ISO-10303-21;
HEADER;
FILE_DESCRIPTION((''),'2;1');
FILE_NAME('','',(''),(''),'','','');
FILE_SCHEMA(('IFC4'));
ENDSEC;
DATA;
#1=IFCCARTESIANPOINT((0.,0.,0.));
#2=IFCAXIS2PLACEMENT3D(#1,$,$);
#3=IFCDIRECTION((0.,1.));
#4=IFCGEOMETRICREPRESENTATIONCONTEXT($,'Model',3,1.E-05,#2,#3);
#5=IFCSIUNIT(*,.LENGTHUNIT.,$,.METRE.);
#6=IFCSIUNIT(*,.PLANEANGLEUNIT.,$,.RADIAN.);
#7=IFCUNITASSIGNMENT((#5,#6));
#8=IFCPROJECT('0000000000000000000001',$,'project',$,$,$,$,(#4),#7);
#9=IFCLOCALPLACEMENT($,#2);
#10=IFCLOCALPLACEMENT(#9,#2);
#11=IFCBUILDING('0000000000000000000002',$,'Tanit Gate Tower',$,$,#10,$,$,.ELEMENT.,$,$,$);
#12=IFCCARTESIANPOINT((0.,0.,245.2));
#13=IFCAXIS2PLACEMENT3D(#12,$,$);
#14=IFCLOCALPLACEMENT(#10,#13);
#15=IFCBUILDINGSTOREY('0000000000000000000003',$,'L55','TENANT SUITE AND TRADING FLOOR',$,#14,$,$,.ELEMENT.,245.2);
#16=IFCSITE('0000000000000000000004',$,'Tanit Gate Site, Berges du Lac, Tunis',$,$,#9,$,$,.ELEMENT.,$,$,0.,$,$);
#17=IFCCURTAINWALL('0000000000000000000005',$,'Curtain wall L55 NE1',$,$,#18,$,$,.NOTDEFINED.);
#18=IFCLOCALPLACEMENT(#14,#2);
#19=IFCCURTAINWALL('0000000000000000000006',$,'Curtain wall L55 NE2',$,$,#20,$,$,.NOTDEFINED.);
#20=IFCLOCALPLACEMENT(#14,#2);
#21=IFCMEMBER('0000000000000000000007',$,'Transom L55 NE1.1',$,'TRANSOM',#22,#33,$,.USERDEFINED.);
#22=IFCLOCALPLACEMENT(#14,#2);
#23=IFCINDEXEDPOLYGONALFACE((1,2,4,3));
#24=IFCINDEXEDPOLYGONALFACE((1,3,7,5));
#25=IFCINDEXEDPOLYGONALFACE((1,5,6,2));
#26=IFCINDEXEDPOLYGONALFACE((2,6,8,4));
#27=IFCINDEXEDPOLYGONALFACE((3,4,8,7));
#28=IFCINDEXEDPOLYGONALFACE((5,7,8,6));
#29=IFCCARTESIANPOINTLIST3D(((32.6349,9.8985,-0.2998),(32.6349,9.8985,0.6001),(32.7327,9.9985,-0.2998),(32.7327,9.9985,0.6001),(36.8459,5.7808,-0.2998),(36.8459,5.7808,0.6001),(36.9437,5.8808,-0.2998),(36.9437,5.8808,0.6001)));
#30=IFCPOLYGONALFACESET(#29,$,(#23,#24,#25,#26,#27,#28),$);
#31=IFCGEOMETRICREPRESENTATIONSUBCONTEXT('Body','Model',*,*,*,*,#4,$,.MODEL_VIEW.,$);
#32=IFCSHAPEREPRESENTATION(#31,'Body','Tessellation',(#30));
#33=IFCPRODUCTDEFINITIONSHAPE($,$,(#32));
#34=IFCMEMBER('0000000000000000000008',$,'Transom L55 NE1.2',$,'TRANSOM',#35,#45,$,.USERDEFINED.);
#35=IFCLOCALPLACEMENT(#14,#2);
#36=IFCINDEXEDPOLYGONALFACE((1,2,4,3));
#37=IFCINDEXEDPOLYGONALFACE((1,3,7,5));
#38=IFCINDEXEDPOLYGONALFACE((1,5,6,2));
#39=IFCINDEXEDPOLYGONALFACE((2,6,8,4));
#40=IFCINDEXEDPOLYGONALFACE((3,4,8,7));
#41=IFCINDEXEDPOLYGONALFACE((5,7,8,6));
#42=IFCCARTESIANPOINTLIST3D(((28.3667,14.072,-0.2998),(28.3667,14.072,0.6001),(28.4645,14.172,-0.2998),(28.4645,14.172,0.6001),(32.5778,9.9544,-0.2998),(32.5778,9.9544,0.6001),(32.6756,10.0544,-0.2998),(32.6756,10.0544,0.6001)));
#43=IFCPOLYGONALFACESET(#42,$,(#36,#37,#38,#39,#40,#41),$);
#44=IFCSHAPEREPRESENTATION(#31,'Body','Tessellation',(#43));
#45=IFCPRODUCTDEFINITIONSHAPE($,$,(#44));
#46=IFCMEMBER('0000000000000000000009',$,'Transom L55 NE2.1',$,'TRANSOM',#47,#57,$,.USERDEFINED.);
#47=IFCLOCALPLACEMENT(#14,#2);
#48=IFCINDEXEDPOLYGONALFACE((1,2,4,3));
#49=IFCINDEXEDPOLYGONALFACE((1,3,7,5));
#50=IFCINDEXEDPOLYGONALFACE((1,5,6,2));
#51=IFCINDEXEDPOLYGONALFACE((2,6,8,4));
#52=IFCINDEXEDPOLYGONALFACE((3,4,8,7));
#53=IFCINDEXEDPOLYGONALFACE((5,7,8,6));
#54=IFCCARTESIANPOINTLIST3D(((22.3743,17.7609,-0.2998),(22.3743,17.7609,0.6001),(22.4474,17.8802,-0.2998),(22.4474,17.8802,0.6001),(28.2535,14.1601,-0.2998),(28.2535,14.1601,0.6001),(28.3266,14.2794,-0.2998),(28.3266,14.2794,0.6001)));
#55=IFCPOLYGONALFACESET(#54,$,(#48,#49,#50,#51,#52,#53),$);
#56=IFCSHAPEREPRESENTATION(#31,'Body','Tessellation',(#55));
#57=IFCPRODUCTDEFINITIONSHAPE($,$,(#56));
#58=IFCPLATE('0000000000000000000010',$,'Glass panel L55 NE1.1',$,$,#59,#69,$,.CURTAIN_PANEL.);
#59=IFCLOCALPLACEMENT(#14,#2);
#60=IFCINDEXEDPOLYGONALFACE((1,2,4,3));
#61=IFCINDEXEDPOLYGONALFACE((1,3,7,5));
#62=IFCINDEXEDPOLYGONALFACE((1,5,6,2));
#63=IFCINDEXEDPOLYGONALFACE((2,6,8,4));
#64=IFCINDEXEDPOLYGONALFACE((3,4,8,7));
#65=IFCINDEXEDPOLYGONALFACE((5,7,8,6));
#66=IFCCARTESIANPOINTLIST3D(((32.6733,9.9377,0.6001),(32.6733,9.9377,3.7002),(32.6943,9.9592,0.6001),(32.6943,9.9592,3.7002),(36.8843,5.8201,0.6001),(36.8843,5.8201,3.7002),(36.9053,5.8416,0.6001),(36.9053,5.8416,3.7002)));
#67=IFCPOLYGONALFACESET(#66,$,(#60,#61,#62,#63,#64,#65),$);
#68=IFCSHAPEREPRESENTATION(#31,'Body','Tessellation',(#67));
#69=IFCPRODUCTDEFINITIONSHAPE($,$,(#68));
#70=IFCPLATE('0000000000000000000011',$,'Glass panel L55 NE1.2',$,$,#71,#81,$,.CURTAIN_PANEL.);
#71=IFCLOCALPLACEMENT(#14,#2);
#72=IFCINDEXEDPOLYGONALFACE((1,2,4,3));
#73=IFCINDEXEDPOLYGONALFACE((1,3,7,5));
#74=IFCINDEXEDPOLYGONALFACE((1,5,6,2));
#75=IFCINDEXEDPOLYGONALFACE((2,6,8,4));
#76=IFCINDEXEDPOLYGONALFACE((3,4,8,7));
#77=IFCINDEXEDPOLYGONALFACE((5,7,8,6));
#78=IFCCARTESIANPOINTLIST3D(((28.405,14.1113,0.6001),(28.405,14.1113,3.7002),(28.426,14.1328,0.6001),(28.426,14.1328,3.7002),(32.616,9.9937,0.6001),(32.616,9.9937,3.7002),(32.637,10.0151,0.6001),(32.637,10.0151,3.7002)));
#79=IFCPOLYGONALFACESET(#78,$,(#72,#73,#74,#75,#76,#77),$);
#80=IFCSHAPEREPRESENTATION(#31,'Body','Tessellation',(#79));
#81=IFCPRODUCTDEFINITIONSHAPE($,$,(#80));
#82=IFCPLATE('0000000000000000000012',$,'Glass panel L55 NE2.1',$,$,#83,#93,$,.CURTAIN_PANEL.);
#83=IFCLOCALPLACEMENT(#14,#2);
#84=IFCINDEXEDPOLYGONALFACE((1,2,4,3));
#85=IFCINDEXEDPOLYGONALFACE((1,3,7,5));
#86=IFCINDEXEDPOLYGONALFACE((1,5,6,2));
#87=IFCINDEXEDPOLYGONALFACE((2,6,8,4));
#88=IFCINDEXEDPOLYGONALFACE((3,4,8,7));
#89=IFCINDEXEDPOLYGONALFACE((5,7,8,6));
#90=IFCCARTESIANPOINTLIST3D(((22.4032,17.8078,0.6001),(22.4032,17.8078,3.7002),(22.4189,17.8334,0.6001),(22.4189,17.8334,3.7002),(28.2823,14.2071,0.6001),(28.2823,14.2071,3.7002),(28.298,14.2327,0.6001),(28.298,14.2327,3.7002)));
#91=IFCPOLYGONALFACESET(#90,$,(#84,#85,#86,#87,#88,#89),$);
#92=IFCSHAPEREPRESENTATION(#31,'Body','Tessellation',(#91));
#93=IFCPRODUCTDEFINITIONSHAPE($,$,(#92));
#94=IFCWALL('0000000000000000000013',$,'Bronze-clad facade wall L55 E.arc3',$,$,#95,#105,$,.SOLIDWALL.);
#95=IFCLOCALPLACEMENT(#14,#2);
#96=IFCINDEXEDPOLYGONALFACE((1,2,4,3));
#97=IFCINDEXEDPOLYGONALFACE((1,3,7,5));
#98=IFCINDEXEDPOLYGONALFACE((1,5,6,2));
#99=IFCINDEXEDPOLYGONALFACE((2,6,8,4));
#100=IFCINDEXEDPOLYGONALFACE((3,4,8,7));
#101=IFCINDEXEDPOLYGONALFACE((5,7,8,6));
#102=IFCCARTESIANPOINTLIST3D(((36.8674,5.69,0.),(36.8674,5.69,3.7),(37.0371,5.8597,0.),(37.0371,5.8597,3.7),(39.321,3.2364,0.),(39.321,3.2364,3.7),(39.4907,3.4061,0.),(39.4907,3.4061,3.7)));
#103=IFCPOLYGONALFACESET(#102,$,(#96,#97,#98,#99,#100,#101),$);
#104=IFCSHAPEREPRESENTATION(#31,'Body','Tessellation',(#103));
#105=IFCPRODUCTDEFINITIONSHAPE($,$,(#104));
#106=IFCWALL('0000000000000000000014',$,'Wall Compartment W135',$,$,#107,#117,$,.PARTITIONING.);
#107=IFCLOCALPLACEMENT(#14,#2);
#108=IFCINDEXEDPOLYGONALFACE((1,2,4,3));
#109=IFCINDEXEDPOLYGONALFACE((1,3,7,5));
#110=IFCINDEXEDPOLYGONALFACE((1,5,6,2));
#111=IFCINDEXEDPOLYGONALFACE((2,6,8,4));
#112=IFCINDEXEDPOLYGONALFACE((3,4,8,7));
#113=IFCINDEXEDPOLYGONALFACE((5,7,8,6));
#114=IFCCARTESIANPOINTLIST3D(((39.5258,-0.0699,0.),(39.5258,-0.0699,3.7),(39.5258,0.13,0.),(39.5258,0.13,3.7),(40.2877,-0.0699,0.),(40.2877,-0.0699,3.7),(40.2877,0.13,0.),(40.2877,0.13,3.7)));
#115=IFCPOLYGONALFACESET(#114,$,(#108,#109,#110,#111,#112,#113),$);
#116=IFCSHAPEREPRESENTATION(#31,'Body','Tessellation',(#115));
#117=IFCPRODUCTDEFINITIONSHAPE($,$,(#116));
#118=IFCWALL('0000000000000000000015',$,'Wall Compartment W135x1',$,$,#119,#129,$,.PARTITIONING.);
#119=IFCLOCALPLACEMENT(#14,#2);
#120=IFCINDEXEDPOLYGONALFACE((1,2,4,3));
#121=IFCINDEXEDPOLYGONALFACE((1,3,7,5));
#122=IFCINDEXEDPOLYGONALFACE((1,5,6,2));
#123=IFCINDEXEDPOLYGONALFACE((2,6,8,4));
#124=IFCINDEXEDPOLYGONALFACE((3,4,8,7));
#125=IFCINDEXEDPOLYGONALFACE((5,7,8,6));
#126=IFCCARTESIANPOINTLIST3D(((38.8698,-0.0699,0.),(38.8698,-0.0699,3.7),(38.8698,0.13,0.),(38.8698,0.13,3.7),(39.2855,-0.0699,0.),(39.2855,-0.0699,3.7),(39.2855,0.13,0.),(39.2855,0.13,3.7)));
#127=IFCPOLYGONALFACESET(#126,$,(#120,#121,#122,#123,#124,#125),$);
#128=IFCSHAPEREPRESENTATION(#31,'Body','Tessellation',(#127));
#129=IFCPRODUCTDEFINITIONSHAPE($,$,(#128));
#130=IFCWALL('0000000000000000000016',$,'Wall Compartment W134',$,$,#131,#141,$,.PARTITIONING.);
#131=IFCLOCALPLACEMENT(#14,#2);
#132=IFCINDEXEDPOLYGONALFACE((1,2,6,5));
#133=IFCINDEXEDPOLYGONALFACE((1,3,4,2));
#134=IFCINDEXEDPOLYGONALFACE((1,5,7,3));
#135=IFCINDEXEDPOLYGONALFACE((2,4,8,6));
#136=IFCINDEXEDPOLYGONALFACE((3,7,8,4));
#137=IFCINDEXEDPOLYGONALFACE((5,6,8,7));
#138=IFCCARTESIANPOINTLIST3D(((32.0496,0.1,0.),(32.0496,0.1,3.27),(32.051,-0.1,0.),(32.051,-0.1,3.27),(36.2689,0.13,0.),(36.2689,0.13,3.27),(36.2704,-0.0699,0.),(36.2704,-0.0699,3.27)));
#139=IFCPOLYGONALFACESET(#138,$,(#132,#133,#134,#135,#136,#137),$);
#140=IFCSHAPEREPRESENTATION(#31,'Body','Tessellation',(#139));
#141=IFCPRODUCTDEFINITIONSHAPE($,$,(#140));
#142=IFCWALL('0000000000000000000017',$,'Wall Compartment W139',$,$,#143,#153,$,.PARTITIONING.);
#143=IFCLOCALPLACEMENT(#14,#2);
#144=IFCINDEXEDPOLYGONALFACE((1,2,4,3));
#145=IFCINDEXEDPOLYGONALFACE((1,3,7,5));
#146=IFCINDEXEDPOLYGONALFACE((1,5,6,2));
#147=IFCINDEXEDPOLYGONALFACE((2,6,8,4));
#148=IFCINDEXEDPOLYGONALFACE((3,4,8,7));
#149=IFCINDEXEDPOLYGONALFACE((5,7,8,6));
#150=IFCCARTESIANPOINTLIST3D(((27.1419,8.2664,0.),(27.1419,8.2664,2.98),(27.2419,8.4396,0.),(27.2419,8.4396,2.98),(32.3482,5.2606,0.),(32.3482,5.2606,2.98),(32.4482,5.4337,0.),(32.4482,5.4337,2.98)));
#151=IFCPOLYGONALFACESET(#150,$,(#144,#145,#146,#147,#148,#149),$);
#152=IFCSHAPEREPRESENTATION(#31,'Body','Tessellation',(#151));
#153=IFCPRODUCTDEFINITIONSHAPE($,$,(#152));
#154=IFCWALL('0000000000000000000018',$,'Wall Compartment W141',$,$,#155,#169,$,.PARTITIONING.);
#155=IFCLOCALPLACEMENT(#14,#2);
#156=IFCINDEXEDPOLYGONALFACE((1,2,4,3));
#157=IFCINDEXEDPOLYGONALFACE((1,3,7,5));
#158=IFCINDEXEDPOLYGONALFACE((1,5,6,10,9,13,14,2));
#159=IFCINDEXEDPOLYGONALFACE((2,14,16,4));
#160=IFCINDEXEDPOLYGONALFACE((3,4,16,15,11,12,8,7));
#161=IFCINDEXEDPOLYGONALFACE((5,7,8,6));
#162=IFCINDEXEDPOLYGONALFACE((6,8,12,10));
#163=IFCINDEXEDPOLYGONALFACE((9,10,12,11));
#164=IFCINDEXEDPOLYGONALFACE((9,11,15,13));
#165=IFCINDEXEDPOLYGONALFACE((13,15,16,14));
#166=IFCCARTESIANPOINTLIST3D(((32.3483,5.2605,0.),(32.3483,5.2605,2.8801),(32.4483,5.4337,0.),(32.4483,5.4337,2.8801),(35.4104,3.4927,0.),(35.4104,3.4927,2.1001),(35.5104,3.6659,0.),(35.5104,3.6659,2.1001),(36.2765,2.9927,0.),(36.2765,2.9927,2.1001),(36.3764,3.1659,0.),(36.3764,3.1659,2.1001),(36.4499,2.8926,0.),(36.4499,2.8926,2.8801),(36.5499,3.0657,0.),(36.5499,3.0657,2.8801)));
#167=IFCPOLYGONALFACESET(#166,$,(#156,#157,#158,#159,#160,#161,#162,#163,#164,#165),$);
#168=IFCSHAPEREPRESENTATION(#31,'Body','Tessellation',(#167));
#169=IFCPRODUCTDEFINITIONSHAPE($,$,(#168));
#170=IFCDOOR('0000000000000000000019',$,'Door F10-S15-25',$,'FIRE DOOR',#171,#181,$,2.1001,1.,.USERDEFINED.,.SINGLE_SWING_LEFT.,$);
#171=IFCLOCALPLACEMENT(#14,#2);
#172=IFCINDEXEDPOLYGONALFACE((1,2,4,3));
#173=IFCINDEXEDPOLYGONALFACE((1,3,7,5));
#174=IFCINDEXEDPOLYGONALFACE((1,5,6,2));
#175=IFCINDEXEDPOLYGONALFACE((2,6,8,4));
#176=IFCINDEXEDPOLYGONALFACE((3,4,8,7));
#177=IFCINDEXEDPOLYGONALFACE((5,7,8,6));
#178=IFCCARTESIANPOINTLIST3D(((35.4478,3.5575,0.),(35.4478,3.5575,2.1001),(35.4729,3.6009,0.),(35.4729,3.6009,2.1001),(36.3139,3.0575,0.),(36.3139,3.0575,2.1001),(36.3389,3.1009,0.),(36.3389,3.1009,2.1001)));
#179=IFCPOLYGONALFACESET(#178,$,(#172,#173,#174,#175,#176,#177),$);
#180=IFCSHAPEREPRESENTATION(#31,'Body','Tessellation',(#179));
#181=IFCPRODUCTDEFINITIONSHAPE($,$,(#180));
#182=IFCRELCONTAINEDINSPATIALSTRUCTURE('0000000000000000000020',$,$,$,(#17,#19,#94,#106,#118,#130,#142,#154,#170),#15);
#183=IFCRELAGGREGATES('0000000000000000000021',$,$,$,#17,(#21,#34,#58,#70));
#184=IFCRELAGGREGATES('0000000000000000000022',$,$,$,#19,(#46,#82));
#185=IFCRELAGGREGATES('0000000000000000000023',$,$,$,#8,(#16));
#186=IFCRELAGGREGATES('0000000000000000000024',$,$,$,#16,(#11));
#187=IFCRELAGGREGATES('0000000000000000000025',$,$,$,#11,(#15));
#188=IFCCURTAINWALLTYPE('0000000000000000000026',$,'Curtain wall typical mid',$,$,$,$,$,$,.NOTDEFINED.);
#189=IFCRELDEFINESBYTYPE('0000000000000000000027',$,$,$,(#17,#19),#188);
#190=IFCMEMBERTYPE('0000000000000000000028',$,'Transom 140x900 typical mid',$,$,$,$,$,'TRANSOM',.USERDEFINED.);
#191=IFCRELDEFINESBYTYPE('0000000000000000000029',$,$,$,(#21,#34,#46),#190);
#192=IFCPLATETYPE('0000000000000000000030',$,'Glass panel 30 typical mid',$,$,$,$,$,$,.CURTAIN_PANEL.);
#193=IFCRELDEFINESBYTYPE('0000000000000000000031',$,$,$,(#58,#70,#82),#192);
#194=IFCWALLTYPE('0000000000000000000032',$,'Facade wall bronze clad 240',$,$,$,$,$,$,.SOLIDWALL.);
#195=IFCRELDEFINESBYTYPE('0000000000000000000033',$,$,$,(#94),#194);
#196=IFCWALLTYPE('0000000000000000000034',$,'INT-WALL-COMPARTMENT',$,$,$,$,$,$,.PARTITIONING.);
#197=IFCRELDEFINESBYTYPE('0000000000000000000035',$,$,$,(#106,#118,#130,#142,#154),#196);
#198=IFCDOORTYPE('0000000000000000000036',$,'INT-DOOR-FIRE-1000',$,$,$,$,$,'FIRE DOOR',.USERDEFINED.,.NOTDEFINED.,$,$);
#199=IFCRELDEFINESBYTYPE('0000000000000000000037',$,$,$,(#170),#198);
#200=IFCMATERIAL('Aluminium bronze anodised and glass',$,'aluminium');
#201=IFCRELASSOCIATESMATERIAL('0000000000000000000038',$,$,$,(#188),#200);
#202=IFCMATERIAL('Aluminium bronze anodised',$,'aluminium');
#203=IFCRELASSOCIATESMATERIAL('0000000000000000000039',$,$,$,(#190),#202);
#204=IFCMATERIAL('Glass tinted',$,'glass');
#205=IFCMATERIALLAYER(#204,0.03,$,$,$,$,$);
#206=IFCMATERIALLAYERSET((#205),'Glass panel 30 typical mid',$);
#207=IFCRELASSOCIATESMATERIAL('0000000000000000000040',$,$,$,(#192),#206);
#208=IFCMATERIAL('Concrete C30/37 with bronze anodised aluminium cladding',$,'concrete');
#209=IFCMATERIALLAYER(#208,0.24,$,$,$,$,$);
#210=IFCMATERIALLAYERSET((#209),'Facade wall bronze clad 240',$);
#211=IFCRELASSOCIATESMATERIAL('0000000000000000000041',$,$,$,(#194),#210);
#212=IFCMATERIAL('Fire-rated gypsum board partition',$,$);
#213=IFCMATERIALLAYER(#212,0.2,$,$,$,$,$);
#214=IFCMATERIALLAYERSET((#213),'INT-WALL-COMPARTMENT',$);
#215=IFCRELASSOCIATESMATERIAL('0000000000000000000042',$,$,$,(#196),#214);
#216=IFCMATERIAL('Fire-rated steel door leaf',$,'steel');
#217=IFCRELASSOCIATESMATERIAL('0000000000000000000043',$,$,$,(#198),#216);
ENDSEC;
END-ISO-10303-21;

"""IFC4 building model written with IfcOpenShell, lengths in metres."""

from ifc_helpers import new_model, si_unit, direction, frame, frame_2d, origin, origin_2d, place, context, subcontext, project, spatial, rectangle, extrude, material, layer, layer_set, material_profile, profile_set, type_object, element, fill, aggregate, save


model = new_model("IFC4")

# Units and contexts
model_context = context("Model", 3, precision=1e-05, world=origin(), true_north=direction((0.0, 1.0)))
body_context = subcontext(model_context, "Body", "Model", "MODEL_VIEW")
ifc_project = project(units=[si_unit("LENGTHUNIT", "METRE"), si_unit("PLANEANGLEUNIT", "RADIAN")], contexts=[model_context])

# Site, building, storey
site_placement = place(None, origin())
site = spatial("IfcSite", under=ifc_project, at=site_placement, Name="Tanit Gate Site, Berges du Lac, Tunis", CompositionType="ELEMENT", RefElevation=0.0)
building_placement = place(site_placement, origin())
building = spatial("IfcBuilding", under=site, at=building_placement, Name="Tanit Gate Tower", CompositionType="ELEMENT")
storey_placement = place(building_placement, frame((0.0, 0.0, 245.2)))
storey = spatial("IfcBuildingStorey", under=building, at=storey_placement, Name="L55", Description="TENANT SUITE AND TRADING FLOOR", CompositionType="ELEMENT", Elevation=245.2)

# Curtain walls
ifc_material_1 = material(Name="Aluminium bronze anodised and glass", Category="aluminium")
curtain_wall_type = type_object("IfcCurtainWallType", Name="Curtain wall typical mid", PredefinedType="NOTDEFINED", material=ifc_material_1)
curtain_wall_1_placement = place(storey_placement, origin())
curtain_wall_1 = element("IfcCurtainWall", 1, at=curtain_wall_1_placement, inside=storey, type_object=curtain_wall_type, Name="Curtain wall L55 NE1", PredefinedType="NOTDEFINED")
curtain_wall_2_placement = place(storey_placement, origin())
curtain_wall_2 = element("IfcCurtainWall", 2, at=curtain_wall_2_placement, inside=storey, type_object=curtain_wall_type, Name="Curtain wall L55 NE2", PredefinedType="NOTDEFINED")

# Members
ifc_material_2 = material(Name="Aluminium bronze anodised", Category="aluminium")
ifc_material_profile_1 = material_profile(ifc_material_2, rectangle(XDim=0.1399, YDim=0.8999, at=origin_2d()), Name="140x900 bronze transom")
ifc_profile_set_1 = profile_set([ifc_material_profile_1], Name="Aluminium bronze anodised")
member_type_1 = type_object("IfcMemberType", Name="Transom 140x900 typical mid", ElementType="TRANSOM", PredefinedType="USERDEFINED", material=ifc_profile_set_1)
member_1_placement = place(storey_placement, frame((36.8948, 5.8308, 0.1501), z_axis=(-0.71498, 0.699145, 0.0), x_axis=(-0.699145, -0.71498, 0.0)))
member_1 = element("IfcMember", 3, at=member_1_placement, type_object=member_type_1, Name="Transom L55 NE1.1", ObjectType="TRANSOM", PredefinedType="USERDEFINED", context=body_context, shape_type="SweptSolid", body=[
    extrude(rectangle(XDim=0.1399, YDim=0.8999, at=origin_2d()), origin(), (0.0, 0.0, 1.0), 5.8896),
])
member_2_placement = place(storey_placement, frame((32.6267, 10.0044, 0.1501), z_axis=(-0.715, 0.699124, 0.0), x_axis=(-0.699124, -0.715, 0.0)))
member_2 = element("IfcMember", 4, at=member_2_placement, type_object=member_type_1, Name="Transom L55 NE1.2", ObjectType="TRANSOM", PredefinedType="USERDEFINED", context=body_context, shape_type="SweptSolid", body=[
    extrude(rectangle(XDim=0.1399, YDim=0.8999, at=origin_2d()), origin(), (0.0, 0.0, 1.0), 5.8896),
])
member_3_placement = place(storey_placement, frame((28.29, 14.2197, 0.1501), z_axis=(-0.852764, 0.522296, 0.0), x_axis=(-0.522296, -0.852764, 0.0)))
member_3 = element("IfcMember", 5, at=member_3_placement, type_object=member_type_1, Name="Transom L55 NE2.1", ObjectType="TRANSOM", PredefinedType="USERDEFINED", context=body_context, shape_type="SweptSolid", body=[
    extrude(rectangle(XDim=0.1399, YDim=0.8999, at=origin_2d()), origin(), (0.0, 0.0, 1.0), 6.8943),
])

# Plates
ifc_material_3 = material(Name="Glass tinted", Category="glass")
ifc_layer_1 = layer(ifc_material_3, 0.03)
ifc_layer_set_1 = layer_set([ifc_layer_1], Name="Glass panel 30 typical mid")
plate_type = type_object("IfcPlateType", Name="Glass panel 30 typical mid", PredefinedType="CURTAIN_PANEL", material=ifc_layer_set_1)
plate_1_placement = place(storey_placement, frame((34.7893, 7.8896, 0.6001), z_axis=(0.0, 0.0, 1.0), x_axis=(-0.71499, 0.699135, 0.0)))
plate_1 = element("IfcPlate", 6, at=plate_1_placement, type_object=plate_type, Name="Glass panel L55 NE1.1", PredefinedType="CURTAIN_PANEL", context=body_context, shape_type="SweptSolid", body=[
    extrude(rectangle(XDim=5.8896, YDim=0.03, at=origin_2d()), origin(), (0.0, 0.0, 1.0), 3.1001),
])
plate_2_placement = place(storey_placement, frame((30.521, 12.0632, 0.6001), z_axis=(0.0, 0.0, 1.0), x_axis=(-0.71499, 0.699135, 0.0)))
plate_2 = element("IfcPlate", 7, at=plate_2_placement, type_object=plate_type, Name="Glass panel L55 NE1.2", PredefinedType="CURTAIN_PANEL", context=body_context, shape_type="SweptSolid", body=[
    extrude(rectangle(XDim=5.8896, YDim=0.03, at=origin_2d()), origin(), (0.0, 0.0, 1.0), 3.1001),
])
aggregate(curtain_wall_1, [member_1, member_2, plate_1, plate_2])
plate_3_placement = place(storey_placement, frame((25.3506, 16.0203, 0.6001), z_axis=(0.0, 0.0, 1.0), x_axis=(-0.852772, 0.522283, 0.0)))
plate_3 = element("IfcPlate", 8, at=plate_3_placement, type_object=plate_type, Name="Glass panel L55 NE2.1", PredefinedType="CURTAIN_PANEL", context=body_context, shape_type="SweptSolid", body=[
    extrude(rectangle(XDim=6.894, YDim=0.03, at=origin_2d()), origin(), (0.0, 0.0, 1.0), 3.1001),
])
aggregate(curtain_wall_2, [member_3, plate_3])

# Walls
ifc_material_4 = material(Name="Concrete C30/37 with bronze anodised aluminium cladding", Category="concrete")
ifc_layer_2 = layer(ifc_material_4, 0.24)
ifc_layer_set_2 = layer_set([ifc_layer_2], Name="Facade wall bronze clad 240")
wall_type_1 = type_object("IfcWallType", Name="Facade wall bronze clad 240", PredefinedType="SOLIDWALL", material=ifc_layer_set_2)
wall_1_placement = place(storey_placement, frame((39.4058, 3.3213, 0.0), z_axis=(0.0, 0.0, 1.0), x_axis=(-0.707107, 0.707107, 0.0)))
element("IfcWall", 9, at=wall_1_placement, inside=storey, type_object=wall_type_1, Name="Bronze-clad facade wall L55 E.arc3", PredefinedType="SOLIDWALL", context=body_context, shape_type="SweptSolid", body=[
    extrude(rectangle(XDim=3.47, YDim=0.24, at=frame_2d((1.7349, 0.0))), origin(), (0.0, 0.0, 1.0), 3.7),
])
ifc_material_5 = material(Name="Fire-rated gypsum board partition")
ifc_layer_3 = layer(ifc_material_5, 0.2)
ifc_layer_set_3 = layer_set([ifc_layer_3], Name="INT-WALL-COMPARTMENT")
wall_type_2 = type_object("IfcWallType", Name="INT-WALL-COMPARTMENT", PredefinedType="PARTITIONING", material=ifc_layer_set_3)
wall_2_placement = place(storey_placement, frame((40.2876, 0.03, 0.0), z_axis=(0.0, 0.0, 1.0), x_axis=(-1.0, 0.0, 0.0)))
element("IfcWall", 10, at=wall_2_placement, inside=storey, type_object=wall_type_2, Name="Wall Compartment W135", PredefinedType="PARTITIONING", context=body_context, shape_type="SweptSolid", body=[
    extrude(rectangle(XDim=0.762, YDim=0.2, at=frame_2d((0.3809, 0.0))), origin(), (0.0, 0.0, 1.0), 3.7),
])
wall_3_placement = place(storey_placement, frame((39.2856, 0.03, 0.0), z_axis=(0.0, 0.0, 1.0), x_axis=(-1.0, 0.0, 0.0)))
element("IfcWall", 11, at=wall_3_placement, inside=storey, type_object=wall_type_2, Name="Wall Compartment W135x1", PredefinedType="PARTITIONING", context=body_context, shape_type="SweptSolid", body=[
    extrude(rectangle(XDim=0.4158, YDim=0.2, at=frame_2d((0.208, 0.0))), origin(), (0.0, 0.0, 1.0), 3.7),
])
wall_4_placement = place(storey_placement, frame((36.2698, 0.03, 0.0), z_axis=(0.0, 0.0, 1.0), x_axis=(-0.999975, -0.007117, 0.0)))
element("IfcWall", 12, at=wall_4_placement, inside=storey, type_object=wall_type_2, Name="Wall Compartment W134", PredefinedType="PARTITIONING", context=body_context, shape_type="SweptSolid", body=[
    extrude(rectangle(XDim=4.2195, YDim=0.2, at=frame_2d((2.1099, 0.0))), origin(), (0.0, 0.0, 1.0), 3.27),
])
wall_5_placement = place(storey_placement, frame((27.1919, 8.353, 0.0), z_axis=(0.0, 0.0, 1.0), x_axis=(0.866025, -0.5, 0.0)))
element("IfcWall", 13, at=wall_5_placement, inside=storey, type_object=wall_type_2, Name="Wall Compartment W139", PredefinedType="PARTITIONING", context=body_context, shape_type="SweptSolid", body=[
    extrude(rectangle(XDim=6.0117, YDim=0.2, at=frame_2d((3.0059, 0.0))), origin(), (0.0, 0.0, 1.0), 2.98),
])

# Wall, opening, door
wall_6_placement = place(storey_placement, frame((32.3982, 5.3472, 0.0), z_axis=(0.0, 0.0, 1.0), x_axis=(0.866036, -0.499981, 0.0)))
wall_6 = element("IfcWall", 14, at=wall_6_placement, inside=storey, type_object=wall_type_2, Name="Wall Compartment W141", PredefinedType="PARTITIONING", context=body_context, shape_type="SweptSolid", body=[
    extrude(rectangle(XDim=4.7361, YDim=0.2, at=frame_2d((2.3682, 0.0))), origin(), (0.0, 0.0, 1.0), 2.8801),
])
opening_placement = place(wall_6_placement, frame((3.5359, 0.0, 0.0)))
opening = element("IfcOpeningElement", 15, at=opening_placement, cuts=wall_6, PredefinedType="OPENING", context=body_context, shape_type="SweptSolid", body=[
    extrude(rectangle(XDim=1.0, YDim=2.1001, at=frame_2d((0.5, 1.05))), frame((0.0, 0.1099, 0.0), z_axis=(0.0, -1.0, 0.0), x_axis=(1.0, 0.0, 0.0)), (0.0, 0.0, 1.0), 0.22),
])
ifc_material_6 = material(Name="Fire-rated steel door leaf", Category="steel")
door_type = type_object("IfcDoorType", Name="INT-DOOR-FIRE-1000", ElementType="FIRE DOOR", OperationType="NOTDEFINED", PredefinedType="USERDEFINED", material=ifc_material_6)
door_placement = place(opening_placement, origin())
door = element("IfcDoor", 16, at=door_placement, inside=storey, type_object=door_type, Name="Door F10-S15-25", ObjectType="FIRE DOOR", OperationType="SINGLE_SWING_LEFT", OverallHeight=2.1001, OverallWidth=1.0, PredefinedType="USERDEFINED", context=body_context, shape_type="SweptSolid", body=[
    extrude(rectangle(XDim=1.0, YDim=2.1001, at=frame_2d((0.5, 1.05))), frame((0.0, 0.0249, 0.0), z_axis=(0.0, -1.0, 0.0), x_axis=(1.0, 0.0, 0.0)), (0.0, 0.0, 1.0), 0.05),
])
fill(opening, door)

save(model, "model.ifc")
